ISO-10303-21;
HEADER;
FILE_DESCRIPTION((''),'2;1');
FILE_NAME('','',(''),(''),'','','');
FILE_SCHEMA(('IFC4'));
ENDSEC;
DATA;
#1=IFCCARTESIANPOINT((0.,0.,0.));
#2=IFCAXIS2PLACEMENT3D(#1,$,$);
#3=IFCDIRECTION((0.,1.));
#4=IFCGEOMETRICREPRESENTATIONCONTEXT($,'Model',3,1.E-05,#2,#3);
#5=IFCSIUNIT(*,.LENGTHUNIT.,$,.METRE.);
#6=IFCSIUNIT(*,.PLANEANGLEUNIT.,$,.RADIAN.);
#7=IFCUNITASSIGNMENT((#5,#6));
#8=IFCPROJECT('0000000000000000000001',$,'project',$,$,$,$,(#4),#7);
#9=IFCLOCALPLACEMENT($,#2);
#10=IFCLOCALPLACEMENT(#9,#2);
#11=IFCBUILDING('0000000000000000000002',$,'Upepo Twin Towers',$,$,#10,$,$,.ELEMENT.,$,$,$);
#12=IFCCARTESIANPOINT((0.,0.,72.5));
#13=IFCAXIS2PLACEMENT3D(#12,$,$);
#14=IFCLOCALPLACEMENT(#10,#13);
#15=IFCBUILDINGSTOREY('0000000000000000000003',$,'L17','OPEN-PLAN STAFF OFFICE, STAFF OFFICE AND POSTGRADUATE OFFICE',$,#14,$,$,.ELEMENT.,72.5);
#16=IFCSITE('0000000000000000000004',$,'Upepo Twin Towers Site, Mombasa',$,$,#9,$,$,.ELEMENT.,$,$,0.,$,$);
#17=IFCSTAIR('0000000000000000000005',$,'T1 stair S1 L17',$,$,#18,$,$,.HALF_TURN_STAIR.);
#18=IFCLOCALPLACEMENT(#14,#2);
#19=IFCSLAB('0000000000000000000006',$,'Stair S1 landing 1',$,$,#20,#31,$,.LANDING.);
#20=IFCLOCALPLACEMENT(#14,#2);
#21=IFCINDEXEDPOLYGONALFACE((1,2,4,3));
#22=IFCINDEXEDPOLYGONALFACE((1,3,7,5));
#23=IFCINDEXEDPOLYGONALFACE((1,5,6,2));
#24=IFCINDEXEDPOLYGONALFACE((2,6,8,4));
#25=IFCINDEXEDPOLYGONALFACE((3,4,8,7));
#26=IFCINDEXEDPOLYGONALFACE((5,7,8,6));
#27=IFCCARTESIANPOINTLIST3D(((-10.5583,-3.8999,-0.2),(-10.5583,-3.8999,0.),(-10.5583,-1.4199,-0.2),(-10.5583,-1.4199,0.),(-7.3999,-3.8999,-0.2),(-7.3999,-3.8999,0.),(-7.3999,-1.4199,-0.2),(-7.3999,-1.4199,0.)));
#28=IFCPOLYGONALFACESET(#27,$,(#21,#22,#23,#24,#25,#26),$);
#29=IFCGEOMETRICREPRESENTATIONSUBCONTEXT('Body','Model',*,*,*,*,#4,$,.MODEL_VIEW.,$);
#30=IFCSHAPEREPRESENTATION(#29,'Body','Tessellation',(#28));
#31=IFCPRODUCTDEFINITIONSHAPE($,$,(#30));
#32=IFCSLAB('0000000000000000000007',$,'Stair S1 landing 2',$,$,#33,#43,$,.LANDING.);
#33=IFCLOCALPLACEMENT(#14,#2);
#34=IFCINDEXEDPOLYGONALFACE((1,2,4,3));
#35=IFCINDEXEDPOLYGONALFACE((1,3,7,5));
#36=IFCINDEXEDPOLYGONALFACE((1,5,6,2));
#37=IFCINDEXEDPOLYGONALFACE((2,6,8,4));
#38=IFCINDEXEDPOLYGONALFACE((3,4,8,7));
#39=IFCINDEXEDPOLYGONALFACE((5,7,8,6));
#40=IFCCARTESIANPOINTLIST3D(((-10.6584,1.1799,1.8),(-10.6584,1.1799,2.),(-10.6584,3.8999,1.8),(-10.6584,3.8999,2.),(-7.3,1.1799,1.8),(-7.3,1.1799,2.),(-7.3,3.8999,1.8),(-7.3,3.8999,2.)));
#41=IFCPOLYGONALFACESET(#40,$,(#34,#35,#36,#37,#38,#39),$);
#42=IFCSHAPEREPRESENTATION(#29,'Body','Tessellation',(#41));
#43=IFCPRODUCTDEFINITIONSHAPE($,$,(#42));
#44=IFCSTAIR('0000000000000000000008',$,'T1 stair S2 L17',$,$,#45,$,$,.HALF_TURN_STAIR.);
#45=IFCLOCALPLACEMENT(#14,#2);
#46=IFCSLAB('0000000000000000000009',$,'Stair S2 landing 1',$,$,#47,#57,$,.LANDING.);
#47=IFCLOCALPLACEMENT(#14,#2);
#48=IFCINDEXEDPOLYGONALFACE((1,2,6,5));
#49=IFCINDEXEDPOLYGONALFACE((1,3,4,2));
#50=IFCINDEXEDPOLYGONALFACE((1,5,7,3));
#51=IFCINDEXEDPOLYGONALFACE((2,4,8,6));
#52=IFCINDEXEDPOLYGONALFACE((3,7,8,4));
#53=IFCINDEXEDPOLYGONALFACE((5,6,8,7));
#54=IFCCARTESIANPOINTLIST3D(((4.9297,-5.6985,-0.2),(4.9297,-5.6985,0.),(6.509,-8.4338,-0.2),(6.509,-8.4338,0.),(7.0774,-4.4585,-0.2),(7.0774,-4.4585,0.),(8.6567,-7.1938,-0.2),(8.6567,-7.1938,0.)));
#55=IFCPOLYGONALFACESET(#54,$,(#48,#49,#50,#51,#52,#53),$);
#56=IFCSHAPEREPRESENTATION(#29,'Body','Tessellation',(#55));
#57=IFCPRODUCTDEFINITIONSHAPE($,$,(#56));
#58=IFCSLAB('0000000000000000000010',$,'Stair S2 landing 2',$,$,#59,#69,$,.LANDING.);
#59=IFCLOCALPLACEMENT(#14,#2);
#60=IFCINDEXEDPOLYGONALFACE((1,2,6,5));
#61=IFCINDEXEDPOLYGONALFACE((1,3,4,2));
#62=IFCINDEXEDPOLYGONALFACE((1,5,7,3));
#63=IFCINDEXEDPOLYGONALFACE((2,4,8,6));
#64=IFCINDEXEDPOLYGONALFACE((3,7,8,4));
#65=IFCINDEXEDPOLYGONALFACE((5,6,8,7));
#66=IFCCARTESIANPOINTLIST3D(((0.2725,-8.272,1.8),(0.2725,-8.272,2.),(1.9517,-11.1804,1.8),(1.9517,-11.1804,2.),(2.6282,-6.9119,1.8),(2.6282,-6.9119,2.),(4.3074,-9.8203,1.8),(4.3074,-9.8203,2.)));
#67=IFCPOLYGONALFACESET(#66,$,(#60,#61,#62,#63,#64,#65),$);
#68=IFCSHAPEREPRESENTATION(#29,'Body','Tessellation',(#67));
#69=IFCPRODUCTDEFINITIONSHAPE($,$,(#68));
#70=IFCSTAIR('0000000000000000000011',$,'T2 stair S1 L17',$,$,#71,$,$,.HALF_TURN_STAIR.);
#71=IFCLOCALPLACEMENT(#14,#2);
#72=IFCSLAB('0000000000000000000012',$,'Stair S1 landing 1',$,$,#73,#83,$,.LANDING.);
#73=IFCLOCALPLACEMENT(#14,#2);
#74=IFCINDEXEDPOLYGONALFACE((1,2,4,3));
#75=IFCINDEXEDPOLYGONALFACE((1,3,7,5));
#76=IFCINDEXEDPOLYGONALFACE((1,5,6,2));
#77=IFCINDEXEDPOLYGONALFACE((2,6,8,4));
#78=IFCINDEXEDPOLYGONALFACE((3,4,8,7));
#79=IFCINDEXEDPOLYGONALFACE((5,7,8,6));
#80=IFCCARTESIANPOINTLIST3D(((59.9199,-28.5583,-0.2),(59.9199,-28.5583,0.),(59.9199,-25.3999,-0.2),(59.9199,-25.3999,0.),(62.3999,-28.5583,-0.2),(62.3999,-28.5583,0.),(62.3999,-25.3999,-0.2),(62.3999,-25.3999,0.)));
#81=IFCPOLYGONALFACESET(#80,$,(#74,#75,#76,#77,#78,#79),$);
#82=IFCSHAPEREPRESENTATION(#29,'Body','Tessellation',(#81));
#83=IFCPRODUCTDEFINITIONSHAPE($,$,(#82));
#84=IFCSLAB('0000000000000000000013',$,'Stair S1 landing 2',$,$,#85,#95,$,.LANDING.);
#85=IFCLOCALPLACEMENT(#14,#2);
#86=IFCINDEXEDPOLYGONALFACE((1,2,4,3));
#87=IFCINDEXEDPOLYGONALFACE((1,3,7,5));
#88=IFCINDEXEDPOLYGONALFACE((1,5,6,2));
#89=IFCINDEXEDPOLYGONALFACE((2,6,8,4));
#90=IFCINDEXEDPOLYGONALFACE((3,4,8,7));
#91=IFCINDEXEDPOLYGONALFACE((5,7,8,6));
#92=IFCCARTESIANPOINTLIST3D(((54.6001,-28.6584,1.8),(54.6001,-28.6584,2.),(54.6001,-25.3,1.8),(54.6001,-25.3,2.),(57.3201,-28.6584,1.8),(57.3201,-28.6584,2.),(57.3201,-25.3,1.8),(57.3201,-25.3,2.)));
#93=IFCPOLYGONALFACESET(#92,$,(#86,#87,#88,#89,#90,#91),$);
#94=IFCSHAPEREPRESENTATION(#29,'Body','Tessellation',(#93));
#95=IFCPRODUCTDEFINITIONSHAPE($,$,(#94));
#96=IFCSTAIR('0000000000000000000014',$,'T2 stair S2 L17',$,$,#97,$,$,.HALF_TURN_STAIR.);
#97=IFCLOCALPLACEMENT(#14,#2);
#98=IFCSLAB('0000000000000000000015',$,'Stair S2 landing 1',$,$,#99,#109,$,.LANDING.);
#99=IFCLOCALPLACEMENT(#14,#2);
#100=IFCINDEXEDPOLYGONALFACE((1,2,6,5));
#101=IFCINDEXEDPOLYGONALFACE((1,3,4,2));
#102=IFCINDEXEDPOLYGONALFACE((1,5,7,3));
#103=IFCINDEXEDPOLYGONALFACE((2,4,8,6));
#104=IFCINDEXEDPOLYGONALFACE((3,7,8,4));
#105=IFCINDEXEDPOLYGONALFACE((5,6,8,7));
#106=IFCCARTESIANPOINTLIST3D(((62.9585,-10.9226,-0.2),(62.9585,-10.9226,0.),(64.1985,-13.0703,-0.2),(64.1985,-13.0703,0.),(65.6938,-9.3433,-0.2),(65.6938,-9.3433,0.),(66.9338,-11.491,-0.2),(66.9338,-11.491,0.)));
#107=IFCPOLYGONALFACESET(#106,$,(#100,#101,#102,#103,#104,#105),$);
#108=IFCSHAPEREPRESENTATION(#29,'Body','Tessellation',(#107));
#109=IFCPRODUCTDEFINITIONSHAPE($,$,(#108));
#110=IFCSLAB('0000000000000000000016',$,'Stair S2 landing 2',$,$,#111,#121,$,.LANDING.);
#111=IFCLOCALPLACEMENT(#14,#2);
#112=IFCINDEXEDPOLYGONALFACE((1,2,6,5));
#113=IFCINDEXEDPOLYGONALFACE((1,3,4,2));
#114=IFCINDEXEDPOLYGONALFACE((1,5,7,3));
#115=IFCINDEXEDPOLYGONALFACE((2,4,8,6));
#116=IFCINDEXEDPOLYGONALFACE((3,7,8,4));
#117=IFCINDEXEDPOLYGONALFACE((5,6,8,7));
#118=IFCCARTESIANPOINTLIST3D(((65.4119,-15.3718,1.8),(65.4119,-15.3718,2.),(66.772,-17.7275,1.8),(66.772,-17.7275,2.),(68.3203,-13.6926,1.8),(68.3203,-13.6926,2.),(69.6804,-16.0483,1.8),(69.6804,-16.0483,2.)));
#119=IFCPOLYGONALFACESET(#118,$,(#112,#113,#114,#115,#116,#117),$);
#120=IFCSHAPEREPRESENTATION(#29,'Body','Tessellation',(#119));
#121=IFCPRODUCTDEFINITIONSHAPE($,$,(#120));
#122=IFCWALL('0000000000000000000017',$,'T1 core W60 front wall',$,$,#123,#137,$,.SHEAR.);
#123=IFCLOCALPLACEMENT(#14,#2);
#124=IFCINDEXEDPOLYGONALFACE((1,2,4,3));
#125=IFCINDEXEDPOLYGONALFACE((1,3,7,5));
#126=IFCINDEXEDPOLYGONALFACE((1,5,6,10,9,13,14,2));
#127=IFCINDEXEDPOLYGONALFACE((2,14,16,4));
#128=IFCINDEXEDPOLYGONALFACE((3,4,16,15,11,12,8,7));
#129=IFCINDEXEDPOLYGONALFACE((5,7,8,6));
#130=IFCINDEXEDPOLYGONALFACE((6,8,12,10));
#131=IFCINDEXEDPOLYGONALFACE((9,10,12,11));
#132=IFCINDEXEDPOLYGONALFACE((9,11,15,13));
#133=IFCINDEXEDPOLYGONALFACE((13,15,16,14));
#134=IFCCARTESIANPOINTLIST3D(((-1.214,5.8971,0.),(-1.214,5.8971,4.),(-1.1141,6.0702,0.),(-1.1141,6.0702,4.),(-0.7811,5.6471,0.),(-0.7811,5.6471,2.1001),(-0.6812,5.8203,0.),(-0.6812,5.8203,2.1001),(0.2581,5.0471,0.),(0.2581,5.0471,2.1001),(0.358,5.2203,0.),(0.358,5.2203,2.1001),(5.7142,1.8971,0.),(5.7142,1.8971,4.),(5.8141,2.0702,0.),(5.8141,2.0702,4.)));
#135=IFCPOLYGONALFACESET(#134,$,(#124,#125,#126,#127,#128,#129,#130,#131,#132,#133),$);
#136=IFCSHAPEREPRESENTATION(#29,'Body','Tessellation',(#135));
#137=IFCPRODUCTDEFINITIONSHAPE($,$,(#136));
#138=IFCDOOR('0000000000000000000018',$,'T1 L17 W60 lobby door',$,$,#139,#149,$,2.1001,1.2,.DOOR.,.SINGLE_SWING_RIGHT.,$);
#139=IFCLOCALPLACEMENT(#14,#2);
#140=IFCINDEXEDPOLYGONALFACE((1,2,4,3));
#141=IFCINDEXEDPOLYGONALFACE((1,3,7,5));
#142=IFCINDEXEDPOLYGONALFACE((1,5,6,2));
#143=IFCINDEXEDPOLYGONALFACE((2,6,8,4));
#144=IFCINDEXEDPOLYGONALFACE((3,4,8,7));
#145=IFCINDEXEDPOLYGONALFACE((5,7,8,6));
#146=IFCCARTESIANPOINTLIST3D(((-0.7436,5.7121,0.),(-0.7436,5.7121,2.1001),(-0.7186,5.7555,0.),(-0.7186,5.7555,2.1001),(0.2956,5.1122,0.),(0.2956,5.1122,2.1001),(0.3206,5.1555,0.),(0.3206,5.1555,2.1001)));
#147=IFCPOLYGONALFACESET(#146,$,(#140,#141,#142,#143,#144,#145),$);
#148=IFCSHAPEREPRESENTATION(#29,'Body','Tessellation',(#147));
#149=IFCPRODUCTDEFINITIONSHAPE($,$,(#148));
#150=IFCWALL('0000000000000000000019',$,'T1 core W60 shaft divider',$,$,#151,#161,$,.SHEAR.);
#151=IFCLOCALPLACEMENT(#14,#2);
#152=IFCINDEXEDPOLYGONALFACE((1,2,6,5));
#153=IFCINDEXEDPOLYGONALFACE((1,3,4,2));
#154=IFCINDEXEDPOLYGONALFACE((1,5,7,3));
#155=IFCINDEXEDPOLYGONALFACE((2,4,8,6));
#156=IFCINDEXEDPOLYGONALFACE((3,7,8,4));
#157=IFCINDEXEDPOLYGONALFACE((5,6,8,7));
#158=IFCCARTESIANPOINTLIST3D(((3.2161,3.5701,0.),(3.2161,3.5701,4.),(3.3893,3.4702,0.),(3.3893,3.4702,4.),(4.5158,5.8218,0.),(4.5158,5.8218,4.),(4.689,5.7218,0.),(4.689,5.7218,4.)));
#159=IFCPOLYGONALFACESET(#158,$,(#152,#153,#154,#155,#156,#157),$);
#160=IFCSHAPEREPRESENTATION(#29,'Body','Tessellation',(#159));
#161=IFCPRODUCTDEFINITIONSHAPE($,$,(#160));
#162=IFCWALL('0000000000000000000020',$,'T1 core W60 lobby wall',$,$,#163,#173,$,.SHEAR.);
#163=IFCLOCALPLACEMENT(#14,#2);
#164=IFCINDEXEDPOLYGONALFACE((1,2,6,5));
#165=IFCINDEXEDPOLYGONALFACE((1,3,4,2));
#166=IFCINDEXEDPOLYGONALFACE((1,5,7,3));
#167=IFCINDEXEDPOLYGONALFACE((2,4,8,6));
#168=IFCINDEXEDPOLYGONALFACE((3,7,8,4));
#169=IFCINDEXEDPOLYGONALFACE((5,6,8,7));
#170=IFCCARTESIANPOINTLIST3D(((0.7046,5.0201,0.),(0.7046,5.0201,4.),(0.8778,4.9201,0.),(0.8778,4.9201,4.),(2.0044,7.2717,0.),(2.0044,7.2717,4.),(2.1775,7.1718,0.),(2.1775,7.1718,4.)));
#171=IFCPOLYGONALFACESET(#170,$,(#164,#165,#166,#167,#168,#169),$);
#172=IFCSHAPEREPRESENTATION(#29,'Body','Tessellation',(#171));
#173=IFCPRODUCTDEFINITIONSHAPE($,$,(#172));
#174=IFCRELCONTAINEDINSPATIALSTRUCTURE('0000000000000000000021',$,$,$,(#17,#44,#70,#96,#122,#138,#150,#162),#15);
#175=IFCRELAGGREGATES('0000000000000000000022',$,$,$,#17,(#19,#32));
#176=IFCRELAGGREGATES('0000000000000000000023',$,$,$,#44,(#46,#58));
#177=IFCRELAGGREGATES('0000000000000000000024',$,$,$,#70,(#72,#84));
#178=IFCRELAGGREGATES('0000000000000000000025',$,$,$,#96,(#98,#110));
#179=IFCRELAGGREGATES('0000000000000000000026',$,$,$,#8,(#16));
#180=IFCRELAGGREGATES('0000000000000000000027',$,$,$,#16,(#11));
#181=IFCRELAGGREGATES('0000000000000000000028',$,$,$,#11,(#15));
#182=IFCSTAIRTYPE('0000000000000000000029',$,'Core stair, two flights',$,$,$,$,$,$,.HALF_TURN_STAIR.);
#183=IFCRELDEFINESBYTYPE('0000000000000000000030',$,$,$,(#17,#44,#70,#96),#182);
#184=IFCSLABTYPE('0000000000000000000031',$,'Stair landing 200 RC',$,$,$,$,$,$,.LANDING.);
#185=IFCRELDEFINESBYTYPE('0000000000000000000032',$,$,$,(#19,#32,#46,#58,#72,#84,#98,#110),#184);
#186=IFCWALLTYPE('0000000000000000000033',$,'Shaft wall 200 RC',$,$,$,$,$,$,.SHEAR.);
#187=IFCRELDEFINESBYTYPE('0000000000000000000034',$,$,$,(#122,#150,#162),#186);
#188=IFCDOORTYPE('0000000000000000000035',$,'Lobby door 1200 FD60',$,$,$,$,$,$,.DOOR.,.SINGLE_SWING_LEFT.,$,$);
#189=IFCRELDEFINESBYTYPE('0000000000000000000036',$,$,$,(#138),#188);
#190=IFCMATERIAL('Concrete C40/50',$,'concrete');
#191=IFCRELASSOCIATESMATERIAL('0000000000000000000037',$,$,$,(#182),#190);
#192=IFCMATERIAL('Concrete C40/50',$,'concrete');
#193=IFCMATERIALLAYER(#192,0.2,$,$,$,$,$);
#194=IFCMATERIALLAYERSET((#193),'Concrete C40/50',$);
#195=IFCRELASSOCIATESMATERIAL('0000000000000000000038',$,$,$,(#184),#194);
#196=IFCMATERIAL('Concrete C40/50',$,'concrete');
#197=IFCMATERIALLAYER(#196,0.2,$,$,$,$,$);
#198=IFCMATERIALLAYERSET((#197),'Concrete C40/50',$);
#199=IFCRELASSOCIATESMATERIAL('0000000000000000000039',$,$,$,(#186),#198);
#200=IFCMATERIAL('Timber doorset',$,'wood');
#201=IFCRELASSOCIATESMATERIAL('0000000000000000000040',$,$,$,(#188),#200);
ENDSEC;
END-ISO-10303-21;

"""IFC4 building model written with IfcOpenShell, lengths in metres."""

from ifc_helpers import new_model, si_unit, direction, frame, frame_2d, origin, place, context, subcontext, project, spatial, polyline, rectangle, outline, extrude, material, layer, layer_set, type_object, element, fill, aggregate, save


model = new_model("IFC4")

# Units and contexts
model_context = context("Model", 3, precision=1e-05, world=origin(), true_north=direction((0.0, 1.0)))
body_context = subcontext(model_context, "Body", "Model", "MODEL_VIEW")
ifc_project = project(units=[si_unit("LENGTHUNIT", "METRE"), si_unit("PLANEANGLEUNIT", "RADIAN")], contexts=[model_context])

# Site, building, storey
site_placement = place(None, origin())
site = spatial("IfcSite", under=ifc_project, at=site_placement, Name="Upepo Twin Towers Site, Mombasa", CompositionType="ELEMENT", RefElevation=0.0)
building_placement = place(site_placement, origin())
building = spatial("IfcBuilding", under=site, at=building_placement, Name="Upepo Twin Towers", CompositionType="ELEMENT")
storey_placement = place(building_placement, frame((0.0, 0.0, 72.5)))
storey = spatial("IfcBuildingStorey", under=building, at=storey_placement, Name="L17", Description="OPEN-PLAN STAFF OFFICE, STAFF OFFICE AND POSTGRADUATE OFFICE", CompositionType="ELEMENT", Elevation=72.5)

# Stairs, slabs
ifc_material_1 = material(Name="Concrete C40/50", Category="concrete")
stair_type = type_object("IfcStairType", Name="Core stair, two flights", PredefinedType="HALF_TURN_STAIR", material=ifc_material_1)
stair_1_placement = place(storey_placement, origin())
stair_1 = element("IfcStair", 1, at=stair_1_placement, inside=storey, type_object=stair_type, Name="T1 stair S1 L17", PredefinedType="HALF_TURN_STAIR")
ifc_material_2 = material(Name="Concrete C40/50", Category="concrete")
ifc_layer_1 = layer(ifc_material_2, 0.2)
ifc_layer_set_1 = layer_set([ifc_layer_1], Name="Concrete C40/50")
slab_type = type_object("IfcSlabType", Name="Stair landing 200 RC", PredefinedType="LANDING", material=ifc_layer_set_1)
slab_1_placement = place(storey_placement, frame((0.0, 0.0, -0.2)))
slab_1 = element("IfcSlab", 2, at=slab_1_placement, type_object=slab_type, Name="Stair S1 landing 1", PredefinedType="LANDING", context=body_context, shape_type="SweptSolid", body=[
    extrude(outline(polyline([(-7.3999, -1.4199), (-10.5583, -1.4199), (-10.5583, -3.8999), (-7.3999, -3.8999), (-7.3999, -1.4199)])), origin(), (0.0, 0.0, 1.0), 0.2),
])
slab_2_placement = place(storey_placement, frame((0.0, 0.0, 1.8)))
slab_2 = element("IfcSlab", 3, at=slab_2_placement, type_object=slab_type, Name="Stair S1 landing 2", PredefinedType="LANDING", context=body_context, shape_type="SweptSolid", body=[
    extrude(outline(polyline([(-7.3, 3.8999), (-10.6584, 3.8999), (-10.6584, 1.1799), (-7.3, 1.1799), (-7.3, 3.8999)])), origin(), (0.0, 0.0, 1.0), 0.2),
])
aggregate(stair_1, [slab_1, slab_2])
stair_2_placement = place(storey_placement, origin())
stair_2 = element("IfcStair", 4, at=stair_2_placement, inside=storey, type_object=stair_type, Name="T1 stair S2 L17", PredefinedType="HALF_TURN_STAIR")
slab_3_placement = place(storey_placement, frame((0.0, 0.0, -0.2)))
slab_3 = element("IfcSlab", 5, at=slab_3_placement, type_object=slab_type, Name="Stair S2 landing 1", PredefinedType="LANDING", context=body_context, shape_type="SweptSolid", body=[
    extrude(outline(polyline([(4.9297, -5.6985), (6.509, -8.4338), (8.6567, -7.1938), (7.0774, -4.4585), (4.9297, -5.6985)])), origin(), (0.0, 0.0, 1.0), 0.2),
])
slab_4_placement = place(storey_placement, frame((0.0, 0.0, 1.8)))
slab_4 = element("IfcSlab", 6, at=slab_4_placement, type_object=slab_type, Name="Stair S2 landing 2", PredefinedType="LANDING", context=body_context, shape_type="SweptSolid", body=[
    extrude(outline(polyline([(0.2725, -8.272), (1.9517, -11.1804), (4.3074, -9.8203), (2.6282, -6.9119), (0.2725, -8.272)])), origin(), (0.0, 0.0, 1.0), 0.2),
])
aggregate(stair_2, [slab_3, slab_4])
stair_3_placement = place(storey_placement, origin())
stair_3 = element("IfcStair", 7, at=stair_3_placement, inside=storey, type_object=stair_type, Name="T2 stair S1 L17", PredefinedType="HALF_TURN_STAIR")
slab_5_placement = place(storey_placement, frame((0.0, 0.0, -0.2)))
slab_5 = element("IfcSlab", 8, at=slab_5_placement, type_object=slab_type, Name="Stair S1 landing 1", PredefinedType="LANDING", context=body_context, shape_type="SweptSolid", body=[
    extrude(outline(polyline([(59.9199, -25.3999), (59.9199, -28.5583), (62.3999, -28.5583), (62.3999, -25.3999), (59.9199, -25.3999)])), origin(), (0.0, 0.0, 1.0), 0.2),
])
slab_6_placement = place(storey_placement, frame((0.0, 0.0, 1.8)))
slab_6 = element("IfcSlab", 9, at=slab_6_placement, type_object=slab_type, Name="Stair S1 landing 2", PredefinedType="LANDING", context=body_context, shape_type="SweptSolid", body=[
    extrude(outline(polyline([(54.6001, -25.3), (54.6001, -28.6584), (57.3201, -28.6584), (57.3201, -25.3), (54.6001, -25.3)])), origin(), (0.0, 0.0, 1.0), 0.2),
])
aggregate(stair_3, [slab_5, slab_6])
stair_4_placement = place(storey_placement, origin())
stair_4 = element("IfcStair", 10, at=stair_4_placement, inside=storey, type_object=stair_type, Name="T2 stair S2 L17", PredefinedType="HALF_TURN_STAIR")
slab_7_placement = place(storey_placement, frame((0.0, 0.0, -0.2)))
slab_7 = element("IfcSlab", 11, at=slab_7_placement, type_object=slab_type, Name="Stair S2 landing 1", PredefinedType="LANDING", context=body_context, shape_type="SweptSolid", body=[
    extrude(outline(polyline([(64.1985, -13.0703), (66.9338, -11.491), (65.6938, -9.3433), (62.9585, -10.9226), (64.1985, -13.0703)])), origin(), (0.0, 0.0, 1.0), 0.2),
])
slab_8_placement = place(storey_placement, frame((0.0, 0.0, 1.8)))
slab_8 = element("IfcSlab", 12, at=slab_8_placement, type_object=slab_type, Name="Stair S2 landing 2", PredefinedType="LANDING", context=body_context, shape_type="SweptSolid", body=[
    extrude(outline(polyline([(66.772, -17.7275), (69.6804, -16.0483), (68.3203, -13.6926), (65.4119, -15.3718), (66.772, -17.7275)])), origin(), (0.0, 0.0, 1.0), 0.2),
])
aggregate(stair_4, [slab_7, slab_8])

# Wall, opening, door
ifc_material_3 = material(Name="Concrete C40/50", Category="concrete")
ifc_layer_2 = layer(ifc_material_3, 0.2)
ifc_layer_set_2 = layer_set([ifc_layer_2], Name="Concrete C40/50")
wall_type_1 = type_object("IfcWallType", Name="Shaft wall 200 RC", PredefinedType="SHEAR", material=ifc_layer_set_2)
wall_1_placement = place(storey_placement, frame((5.7642, 1.9836, 0.0), z_axis=(0.0, 0.0, 1.0), x_axis=(-0.866026, 0.499999, 0.0)))
wall_1 = element("IfcWall", 13, at=wall_1_placement, inside=storey, type_object=wall_type_1, Name="T1 core W60 front wall", PredefinedType="SHEAR", context=body_context, shape_type="SweptSolid", body=[
    extrude(rectangle(XDim=8.0, YDim=0.2, at=frame_2d((4.0, 0.0))), origin(), (0.0, 0.0, 1.0), 4.0),
])
opening_1_placement = place(wall_1_placement, frame((6.3, 0.0, 0.0)))
opening_1 = element("IfcOpeningElement", 14, at=opening_1_placement, cuts=wall_1, PredefinedType="OPENING", context=body_context, shape_type="SweptSolid", body=[
    extrude(rectangle(XDim=1.2, YDim=2.1001, at=frame_2d((0.6001, 1.05))), frame((0.0, 0.1099, 0.0), z_axis=(0.0, -1.0, 0.0), x_axis=(1.0, 0.0, 0.0)), (0.0, 0.0, 1.0), 0.22),
])
ifc_material_4 = material(Name="Timber doorset", Category="wood")
door_type_1 = type_object("IfcDoorType", Name="Lobby door 1200 FD60", OperationType="SINGLE_SWING_LEFT", PredefinedType="DOOR", material=ifc_material_4)
door_1_placement = place(opening_1_placement, origin())
door_1 = element("IfcDoor", 15, at=door_1_placement, inside=storey, type_object=door_type_1, Name="T1 L17 W60 lobby door", OperationType="SINGLE_SWING_RIGHT", OverallHeight=2.1001, OverallWidth=1.2, PredefinedType="DOOR", context=body_context, shape_type="SweptSolid", body=[
    extrude(rectangle(XDim=1.2, YDim=2.1001, at=frame_2d((0.6001, 1.05))), frame((0.0, 0.0249, 0.0), z_axis=(0.0, -1.0, 0.0), x_axis=(1.0, 0.0, 0.0)), (0.0, 0.0, 1.0), 0.05),
])
fill(opening_1, door_1)

# Walls
for number, where, z_axis, x_axis, name in (
    (16, (3.3027, 3.5203, 0.0), (0.0, 0.0, 1.0), (0.499937, 0.866062, 0.0), "T1 core W60 shaft divider"),
    (17, (0.7913, 4.9702, 0.0), (0.0, 0.0, 1.0), (0.499937, 0.866062, 0.0), "T1 core W60 lobby wall"),
):
    element("IfcWall", number, at=place(storey_placement, frame(where, z_axis=z_axis, x_axis=x_axis)), inside=storey, type_object=wall_type_1, Name=name, PredefinedType="SHEAR", context=body_context, shape_type="SweptSolid", body=[
        extrude(rectangle(XDim=2.5999, YDim=0.2, at=frame_2d((1.2998, 0.0))), origin(), (0.0, 0.0, 1.0), 4.0),
    ])

save(model, "model.ifc")
